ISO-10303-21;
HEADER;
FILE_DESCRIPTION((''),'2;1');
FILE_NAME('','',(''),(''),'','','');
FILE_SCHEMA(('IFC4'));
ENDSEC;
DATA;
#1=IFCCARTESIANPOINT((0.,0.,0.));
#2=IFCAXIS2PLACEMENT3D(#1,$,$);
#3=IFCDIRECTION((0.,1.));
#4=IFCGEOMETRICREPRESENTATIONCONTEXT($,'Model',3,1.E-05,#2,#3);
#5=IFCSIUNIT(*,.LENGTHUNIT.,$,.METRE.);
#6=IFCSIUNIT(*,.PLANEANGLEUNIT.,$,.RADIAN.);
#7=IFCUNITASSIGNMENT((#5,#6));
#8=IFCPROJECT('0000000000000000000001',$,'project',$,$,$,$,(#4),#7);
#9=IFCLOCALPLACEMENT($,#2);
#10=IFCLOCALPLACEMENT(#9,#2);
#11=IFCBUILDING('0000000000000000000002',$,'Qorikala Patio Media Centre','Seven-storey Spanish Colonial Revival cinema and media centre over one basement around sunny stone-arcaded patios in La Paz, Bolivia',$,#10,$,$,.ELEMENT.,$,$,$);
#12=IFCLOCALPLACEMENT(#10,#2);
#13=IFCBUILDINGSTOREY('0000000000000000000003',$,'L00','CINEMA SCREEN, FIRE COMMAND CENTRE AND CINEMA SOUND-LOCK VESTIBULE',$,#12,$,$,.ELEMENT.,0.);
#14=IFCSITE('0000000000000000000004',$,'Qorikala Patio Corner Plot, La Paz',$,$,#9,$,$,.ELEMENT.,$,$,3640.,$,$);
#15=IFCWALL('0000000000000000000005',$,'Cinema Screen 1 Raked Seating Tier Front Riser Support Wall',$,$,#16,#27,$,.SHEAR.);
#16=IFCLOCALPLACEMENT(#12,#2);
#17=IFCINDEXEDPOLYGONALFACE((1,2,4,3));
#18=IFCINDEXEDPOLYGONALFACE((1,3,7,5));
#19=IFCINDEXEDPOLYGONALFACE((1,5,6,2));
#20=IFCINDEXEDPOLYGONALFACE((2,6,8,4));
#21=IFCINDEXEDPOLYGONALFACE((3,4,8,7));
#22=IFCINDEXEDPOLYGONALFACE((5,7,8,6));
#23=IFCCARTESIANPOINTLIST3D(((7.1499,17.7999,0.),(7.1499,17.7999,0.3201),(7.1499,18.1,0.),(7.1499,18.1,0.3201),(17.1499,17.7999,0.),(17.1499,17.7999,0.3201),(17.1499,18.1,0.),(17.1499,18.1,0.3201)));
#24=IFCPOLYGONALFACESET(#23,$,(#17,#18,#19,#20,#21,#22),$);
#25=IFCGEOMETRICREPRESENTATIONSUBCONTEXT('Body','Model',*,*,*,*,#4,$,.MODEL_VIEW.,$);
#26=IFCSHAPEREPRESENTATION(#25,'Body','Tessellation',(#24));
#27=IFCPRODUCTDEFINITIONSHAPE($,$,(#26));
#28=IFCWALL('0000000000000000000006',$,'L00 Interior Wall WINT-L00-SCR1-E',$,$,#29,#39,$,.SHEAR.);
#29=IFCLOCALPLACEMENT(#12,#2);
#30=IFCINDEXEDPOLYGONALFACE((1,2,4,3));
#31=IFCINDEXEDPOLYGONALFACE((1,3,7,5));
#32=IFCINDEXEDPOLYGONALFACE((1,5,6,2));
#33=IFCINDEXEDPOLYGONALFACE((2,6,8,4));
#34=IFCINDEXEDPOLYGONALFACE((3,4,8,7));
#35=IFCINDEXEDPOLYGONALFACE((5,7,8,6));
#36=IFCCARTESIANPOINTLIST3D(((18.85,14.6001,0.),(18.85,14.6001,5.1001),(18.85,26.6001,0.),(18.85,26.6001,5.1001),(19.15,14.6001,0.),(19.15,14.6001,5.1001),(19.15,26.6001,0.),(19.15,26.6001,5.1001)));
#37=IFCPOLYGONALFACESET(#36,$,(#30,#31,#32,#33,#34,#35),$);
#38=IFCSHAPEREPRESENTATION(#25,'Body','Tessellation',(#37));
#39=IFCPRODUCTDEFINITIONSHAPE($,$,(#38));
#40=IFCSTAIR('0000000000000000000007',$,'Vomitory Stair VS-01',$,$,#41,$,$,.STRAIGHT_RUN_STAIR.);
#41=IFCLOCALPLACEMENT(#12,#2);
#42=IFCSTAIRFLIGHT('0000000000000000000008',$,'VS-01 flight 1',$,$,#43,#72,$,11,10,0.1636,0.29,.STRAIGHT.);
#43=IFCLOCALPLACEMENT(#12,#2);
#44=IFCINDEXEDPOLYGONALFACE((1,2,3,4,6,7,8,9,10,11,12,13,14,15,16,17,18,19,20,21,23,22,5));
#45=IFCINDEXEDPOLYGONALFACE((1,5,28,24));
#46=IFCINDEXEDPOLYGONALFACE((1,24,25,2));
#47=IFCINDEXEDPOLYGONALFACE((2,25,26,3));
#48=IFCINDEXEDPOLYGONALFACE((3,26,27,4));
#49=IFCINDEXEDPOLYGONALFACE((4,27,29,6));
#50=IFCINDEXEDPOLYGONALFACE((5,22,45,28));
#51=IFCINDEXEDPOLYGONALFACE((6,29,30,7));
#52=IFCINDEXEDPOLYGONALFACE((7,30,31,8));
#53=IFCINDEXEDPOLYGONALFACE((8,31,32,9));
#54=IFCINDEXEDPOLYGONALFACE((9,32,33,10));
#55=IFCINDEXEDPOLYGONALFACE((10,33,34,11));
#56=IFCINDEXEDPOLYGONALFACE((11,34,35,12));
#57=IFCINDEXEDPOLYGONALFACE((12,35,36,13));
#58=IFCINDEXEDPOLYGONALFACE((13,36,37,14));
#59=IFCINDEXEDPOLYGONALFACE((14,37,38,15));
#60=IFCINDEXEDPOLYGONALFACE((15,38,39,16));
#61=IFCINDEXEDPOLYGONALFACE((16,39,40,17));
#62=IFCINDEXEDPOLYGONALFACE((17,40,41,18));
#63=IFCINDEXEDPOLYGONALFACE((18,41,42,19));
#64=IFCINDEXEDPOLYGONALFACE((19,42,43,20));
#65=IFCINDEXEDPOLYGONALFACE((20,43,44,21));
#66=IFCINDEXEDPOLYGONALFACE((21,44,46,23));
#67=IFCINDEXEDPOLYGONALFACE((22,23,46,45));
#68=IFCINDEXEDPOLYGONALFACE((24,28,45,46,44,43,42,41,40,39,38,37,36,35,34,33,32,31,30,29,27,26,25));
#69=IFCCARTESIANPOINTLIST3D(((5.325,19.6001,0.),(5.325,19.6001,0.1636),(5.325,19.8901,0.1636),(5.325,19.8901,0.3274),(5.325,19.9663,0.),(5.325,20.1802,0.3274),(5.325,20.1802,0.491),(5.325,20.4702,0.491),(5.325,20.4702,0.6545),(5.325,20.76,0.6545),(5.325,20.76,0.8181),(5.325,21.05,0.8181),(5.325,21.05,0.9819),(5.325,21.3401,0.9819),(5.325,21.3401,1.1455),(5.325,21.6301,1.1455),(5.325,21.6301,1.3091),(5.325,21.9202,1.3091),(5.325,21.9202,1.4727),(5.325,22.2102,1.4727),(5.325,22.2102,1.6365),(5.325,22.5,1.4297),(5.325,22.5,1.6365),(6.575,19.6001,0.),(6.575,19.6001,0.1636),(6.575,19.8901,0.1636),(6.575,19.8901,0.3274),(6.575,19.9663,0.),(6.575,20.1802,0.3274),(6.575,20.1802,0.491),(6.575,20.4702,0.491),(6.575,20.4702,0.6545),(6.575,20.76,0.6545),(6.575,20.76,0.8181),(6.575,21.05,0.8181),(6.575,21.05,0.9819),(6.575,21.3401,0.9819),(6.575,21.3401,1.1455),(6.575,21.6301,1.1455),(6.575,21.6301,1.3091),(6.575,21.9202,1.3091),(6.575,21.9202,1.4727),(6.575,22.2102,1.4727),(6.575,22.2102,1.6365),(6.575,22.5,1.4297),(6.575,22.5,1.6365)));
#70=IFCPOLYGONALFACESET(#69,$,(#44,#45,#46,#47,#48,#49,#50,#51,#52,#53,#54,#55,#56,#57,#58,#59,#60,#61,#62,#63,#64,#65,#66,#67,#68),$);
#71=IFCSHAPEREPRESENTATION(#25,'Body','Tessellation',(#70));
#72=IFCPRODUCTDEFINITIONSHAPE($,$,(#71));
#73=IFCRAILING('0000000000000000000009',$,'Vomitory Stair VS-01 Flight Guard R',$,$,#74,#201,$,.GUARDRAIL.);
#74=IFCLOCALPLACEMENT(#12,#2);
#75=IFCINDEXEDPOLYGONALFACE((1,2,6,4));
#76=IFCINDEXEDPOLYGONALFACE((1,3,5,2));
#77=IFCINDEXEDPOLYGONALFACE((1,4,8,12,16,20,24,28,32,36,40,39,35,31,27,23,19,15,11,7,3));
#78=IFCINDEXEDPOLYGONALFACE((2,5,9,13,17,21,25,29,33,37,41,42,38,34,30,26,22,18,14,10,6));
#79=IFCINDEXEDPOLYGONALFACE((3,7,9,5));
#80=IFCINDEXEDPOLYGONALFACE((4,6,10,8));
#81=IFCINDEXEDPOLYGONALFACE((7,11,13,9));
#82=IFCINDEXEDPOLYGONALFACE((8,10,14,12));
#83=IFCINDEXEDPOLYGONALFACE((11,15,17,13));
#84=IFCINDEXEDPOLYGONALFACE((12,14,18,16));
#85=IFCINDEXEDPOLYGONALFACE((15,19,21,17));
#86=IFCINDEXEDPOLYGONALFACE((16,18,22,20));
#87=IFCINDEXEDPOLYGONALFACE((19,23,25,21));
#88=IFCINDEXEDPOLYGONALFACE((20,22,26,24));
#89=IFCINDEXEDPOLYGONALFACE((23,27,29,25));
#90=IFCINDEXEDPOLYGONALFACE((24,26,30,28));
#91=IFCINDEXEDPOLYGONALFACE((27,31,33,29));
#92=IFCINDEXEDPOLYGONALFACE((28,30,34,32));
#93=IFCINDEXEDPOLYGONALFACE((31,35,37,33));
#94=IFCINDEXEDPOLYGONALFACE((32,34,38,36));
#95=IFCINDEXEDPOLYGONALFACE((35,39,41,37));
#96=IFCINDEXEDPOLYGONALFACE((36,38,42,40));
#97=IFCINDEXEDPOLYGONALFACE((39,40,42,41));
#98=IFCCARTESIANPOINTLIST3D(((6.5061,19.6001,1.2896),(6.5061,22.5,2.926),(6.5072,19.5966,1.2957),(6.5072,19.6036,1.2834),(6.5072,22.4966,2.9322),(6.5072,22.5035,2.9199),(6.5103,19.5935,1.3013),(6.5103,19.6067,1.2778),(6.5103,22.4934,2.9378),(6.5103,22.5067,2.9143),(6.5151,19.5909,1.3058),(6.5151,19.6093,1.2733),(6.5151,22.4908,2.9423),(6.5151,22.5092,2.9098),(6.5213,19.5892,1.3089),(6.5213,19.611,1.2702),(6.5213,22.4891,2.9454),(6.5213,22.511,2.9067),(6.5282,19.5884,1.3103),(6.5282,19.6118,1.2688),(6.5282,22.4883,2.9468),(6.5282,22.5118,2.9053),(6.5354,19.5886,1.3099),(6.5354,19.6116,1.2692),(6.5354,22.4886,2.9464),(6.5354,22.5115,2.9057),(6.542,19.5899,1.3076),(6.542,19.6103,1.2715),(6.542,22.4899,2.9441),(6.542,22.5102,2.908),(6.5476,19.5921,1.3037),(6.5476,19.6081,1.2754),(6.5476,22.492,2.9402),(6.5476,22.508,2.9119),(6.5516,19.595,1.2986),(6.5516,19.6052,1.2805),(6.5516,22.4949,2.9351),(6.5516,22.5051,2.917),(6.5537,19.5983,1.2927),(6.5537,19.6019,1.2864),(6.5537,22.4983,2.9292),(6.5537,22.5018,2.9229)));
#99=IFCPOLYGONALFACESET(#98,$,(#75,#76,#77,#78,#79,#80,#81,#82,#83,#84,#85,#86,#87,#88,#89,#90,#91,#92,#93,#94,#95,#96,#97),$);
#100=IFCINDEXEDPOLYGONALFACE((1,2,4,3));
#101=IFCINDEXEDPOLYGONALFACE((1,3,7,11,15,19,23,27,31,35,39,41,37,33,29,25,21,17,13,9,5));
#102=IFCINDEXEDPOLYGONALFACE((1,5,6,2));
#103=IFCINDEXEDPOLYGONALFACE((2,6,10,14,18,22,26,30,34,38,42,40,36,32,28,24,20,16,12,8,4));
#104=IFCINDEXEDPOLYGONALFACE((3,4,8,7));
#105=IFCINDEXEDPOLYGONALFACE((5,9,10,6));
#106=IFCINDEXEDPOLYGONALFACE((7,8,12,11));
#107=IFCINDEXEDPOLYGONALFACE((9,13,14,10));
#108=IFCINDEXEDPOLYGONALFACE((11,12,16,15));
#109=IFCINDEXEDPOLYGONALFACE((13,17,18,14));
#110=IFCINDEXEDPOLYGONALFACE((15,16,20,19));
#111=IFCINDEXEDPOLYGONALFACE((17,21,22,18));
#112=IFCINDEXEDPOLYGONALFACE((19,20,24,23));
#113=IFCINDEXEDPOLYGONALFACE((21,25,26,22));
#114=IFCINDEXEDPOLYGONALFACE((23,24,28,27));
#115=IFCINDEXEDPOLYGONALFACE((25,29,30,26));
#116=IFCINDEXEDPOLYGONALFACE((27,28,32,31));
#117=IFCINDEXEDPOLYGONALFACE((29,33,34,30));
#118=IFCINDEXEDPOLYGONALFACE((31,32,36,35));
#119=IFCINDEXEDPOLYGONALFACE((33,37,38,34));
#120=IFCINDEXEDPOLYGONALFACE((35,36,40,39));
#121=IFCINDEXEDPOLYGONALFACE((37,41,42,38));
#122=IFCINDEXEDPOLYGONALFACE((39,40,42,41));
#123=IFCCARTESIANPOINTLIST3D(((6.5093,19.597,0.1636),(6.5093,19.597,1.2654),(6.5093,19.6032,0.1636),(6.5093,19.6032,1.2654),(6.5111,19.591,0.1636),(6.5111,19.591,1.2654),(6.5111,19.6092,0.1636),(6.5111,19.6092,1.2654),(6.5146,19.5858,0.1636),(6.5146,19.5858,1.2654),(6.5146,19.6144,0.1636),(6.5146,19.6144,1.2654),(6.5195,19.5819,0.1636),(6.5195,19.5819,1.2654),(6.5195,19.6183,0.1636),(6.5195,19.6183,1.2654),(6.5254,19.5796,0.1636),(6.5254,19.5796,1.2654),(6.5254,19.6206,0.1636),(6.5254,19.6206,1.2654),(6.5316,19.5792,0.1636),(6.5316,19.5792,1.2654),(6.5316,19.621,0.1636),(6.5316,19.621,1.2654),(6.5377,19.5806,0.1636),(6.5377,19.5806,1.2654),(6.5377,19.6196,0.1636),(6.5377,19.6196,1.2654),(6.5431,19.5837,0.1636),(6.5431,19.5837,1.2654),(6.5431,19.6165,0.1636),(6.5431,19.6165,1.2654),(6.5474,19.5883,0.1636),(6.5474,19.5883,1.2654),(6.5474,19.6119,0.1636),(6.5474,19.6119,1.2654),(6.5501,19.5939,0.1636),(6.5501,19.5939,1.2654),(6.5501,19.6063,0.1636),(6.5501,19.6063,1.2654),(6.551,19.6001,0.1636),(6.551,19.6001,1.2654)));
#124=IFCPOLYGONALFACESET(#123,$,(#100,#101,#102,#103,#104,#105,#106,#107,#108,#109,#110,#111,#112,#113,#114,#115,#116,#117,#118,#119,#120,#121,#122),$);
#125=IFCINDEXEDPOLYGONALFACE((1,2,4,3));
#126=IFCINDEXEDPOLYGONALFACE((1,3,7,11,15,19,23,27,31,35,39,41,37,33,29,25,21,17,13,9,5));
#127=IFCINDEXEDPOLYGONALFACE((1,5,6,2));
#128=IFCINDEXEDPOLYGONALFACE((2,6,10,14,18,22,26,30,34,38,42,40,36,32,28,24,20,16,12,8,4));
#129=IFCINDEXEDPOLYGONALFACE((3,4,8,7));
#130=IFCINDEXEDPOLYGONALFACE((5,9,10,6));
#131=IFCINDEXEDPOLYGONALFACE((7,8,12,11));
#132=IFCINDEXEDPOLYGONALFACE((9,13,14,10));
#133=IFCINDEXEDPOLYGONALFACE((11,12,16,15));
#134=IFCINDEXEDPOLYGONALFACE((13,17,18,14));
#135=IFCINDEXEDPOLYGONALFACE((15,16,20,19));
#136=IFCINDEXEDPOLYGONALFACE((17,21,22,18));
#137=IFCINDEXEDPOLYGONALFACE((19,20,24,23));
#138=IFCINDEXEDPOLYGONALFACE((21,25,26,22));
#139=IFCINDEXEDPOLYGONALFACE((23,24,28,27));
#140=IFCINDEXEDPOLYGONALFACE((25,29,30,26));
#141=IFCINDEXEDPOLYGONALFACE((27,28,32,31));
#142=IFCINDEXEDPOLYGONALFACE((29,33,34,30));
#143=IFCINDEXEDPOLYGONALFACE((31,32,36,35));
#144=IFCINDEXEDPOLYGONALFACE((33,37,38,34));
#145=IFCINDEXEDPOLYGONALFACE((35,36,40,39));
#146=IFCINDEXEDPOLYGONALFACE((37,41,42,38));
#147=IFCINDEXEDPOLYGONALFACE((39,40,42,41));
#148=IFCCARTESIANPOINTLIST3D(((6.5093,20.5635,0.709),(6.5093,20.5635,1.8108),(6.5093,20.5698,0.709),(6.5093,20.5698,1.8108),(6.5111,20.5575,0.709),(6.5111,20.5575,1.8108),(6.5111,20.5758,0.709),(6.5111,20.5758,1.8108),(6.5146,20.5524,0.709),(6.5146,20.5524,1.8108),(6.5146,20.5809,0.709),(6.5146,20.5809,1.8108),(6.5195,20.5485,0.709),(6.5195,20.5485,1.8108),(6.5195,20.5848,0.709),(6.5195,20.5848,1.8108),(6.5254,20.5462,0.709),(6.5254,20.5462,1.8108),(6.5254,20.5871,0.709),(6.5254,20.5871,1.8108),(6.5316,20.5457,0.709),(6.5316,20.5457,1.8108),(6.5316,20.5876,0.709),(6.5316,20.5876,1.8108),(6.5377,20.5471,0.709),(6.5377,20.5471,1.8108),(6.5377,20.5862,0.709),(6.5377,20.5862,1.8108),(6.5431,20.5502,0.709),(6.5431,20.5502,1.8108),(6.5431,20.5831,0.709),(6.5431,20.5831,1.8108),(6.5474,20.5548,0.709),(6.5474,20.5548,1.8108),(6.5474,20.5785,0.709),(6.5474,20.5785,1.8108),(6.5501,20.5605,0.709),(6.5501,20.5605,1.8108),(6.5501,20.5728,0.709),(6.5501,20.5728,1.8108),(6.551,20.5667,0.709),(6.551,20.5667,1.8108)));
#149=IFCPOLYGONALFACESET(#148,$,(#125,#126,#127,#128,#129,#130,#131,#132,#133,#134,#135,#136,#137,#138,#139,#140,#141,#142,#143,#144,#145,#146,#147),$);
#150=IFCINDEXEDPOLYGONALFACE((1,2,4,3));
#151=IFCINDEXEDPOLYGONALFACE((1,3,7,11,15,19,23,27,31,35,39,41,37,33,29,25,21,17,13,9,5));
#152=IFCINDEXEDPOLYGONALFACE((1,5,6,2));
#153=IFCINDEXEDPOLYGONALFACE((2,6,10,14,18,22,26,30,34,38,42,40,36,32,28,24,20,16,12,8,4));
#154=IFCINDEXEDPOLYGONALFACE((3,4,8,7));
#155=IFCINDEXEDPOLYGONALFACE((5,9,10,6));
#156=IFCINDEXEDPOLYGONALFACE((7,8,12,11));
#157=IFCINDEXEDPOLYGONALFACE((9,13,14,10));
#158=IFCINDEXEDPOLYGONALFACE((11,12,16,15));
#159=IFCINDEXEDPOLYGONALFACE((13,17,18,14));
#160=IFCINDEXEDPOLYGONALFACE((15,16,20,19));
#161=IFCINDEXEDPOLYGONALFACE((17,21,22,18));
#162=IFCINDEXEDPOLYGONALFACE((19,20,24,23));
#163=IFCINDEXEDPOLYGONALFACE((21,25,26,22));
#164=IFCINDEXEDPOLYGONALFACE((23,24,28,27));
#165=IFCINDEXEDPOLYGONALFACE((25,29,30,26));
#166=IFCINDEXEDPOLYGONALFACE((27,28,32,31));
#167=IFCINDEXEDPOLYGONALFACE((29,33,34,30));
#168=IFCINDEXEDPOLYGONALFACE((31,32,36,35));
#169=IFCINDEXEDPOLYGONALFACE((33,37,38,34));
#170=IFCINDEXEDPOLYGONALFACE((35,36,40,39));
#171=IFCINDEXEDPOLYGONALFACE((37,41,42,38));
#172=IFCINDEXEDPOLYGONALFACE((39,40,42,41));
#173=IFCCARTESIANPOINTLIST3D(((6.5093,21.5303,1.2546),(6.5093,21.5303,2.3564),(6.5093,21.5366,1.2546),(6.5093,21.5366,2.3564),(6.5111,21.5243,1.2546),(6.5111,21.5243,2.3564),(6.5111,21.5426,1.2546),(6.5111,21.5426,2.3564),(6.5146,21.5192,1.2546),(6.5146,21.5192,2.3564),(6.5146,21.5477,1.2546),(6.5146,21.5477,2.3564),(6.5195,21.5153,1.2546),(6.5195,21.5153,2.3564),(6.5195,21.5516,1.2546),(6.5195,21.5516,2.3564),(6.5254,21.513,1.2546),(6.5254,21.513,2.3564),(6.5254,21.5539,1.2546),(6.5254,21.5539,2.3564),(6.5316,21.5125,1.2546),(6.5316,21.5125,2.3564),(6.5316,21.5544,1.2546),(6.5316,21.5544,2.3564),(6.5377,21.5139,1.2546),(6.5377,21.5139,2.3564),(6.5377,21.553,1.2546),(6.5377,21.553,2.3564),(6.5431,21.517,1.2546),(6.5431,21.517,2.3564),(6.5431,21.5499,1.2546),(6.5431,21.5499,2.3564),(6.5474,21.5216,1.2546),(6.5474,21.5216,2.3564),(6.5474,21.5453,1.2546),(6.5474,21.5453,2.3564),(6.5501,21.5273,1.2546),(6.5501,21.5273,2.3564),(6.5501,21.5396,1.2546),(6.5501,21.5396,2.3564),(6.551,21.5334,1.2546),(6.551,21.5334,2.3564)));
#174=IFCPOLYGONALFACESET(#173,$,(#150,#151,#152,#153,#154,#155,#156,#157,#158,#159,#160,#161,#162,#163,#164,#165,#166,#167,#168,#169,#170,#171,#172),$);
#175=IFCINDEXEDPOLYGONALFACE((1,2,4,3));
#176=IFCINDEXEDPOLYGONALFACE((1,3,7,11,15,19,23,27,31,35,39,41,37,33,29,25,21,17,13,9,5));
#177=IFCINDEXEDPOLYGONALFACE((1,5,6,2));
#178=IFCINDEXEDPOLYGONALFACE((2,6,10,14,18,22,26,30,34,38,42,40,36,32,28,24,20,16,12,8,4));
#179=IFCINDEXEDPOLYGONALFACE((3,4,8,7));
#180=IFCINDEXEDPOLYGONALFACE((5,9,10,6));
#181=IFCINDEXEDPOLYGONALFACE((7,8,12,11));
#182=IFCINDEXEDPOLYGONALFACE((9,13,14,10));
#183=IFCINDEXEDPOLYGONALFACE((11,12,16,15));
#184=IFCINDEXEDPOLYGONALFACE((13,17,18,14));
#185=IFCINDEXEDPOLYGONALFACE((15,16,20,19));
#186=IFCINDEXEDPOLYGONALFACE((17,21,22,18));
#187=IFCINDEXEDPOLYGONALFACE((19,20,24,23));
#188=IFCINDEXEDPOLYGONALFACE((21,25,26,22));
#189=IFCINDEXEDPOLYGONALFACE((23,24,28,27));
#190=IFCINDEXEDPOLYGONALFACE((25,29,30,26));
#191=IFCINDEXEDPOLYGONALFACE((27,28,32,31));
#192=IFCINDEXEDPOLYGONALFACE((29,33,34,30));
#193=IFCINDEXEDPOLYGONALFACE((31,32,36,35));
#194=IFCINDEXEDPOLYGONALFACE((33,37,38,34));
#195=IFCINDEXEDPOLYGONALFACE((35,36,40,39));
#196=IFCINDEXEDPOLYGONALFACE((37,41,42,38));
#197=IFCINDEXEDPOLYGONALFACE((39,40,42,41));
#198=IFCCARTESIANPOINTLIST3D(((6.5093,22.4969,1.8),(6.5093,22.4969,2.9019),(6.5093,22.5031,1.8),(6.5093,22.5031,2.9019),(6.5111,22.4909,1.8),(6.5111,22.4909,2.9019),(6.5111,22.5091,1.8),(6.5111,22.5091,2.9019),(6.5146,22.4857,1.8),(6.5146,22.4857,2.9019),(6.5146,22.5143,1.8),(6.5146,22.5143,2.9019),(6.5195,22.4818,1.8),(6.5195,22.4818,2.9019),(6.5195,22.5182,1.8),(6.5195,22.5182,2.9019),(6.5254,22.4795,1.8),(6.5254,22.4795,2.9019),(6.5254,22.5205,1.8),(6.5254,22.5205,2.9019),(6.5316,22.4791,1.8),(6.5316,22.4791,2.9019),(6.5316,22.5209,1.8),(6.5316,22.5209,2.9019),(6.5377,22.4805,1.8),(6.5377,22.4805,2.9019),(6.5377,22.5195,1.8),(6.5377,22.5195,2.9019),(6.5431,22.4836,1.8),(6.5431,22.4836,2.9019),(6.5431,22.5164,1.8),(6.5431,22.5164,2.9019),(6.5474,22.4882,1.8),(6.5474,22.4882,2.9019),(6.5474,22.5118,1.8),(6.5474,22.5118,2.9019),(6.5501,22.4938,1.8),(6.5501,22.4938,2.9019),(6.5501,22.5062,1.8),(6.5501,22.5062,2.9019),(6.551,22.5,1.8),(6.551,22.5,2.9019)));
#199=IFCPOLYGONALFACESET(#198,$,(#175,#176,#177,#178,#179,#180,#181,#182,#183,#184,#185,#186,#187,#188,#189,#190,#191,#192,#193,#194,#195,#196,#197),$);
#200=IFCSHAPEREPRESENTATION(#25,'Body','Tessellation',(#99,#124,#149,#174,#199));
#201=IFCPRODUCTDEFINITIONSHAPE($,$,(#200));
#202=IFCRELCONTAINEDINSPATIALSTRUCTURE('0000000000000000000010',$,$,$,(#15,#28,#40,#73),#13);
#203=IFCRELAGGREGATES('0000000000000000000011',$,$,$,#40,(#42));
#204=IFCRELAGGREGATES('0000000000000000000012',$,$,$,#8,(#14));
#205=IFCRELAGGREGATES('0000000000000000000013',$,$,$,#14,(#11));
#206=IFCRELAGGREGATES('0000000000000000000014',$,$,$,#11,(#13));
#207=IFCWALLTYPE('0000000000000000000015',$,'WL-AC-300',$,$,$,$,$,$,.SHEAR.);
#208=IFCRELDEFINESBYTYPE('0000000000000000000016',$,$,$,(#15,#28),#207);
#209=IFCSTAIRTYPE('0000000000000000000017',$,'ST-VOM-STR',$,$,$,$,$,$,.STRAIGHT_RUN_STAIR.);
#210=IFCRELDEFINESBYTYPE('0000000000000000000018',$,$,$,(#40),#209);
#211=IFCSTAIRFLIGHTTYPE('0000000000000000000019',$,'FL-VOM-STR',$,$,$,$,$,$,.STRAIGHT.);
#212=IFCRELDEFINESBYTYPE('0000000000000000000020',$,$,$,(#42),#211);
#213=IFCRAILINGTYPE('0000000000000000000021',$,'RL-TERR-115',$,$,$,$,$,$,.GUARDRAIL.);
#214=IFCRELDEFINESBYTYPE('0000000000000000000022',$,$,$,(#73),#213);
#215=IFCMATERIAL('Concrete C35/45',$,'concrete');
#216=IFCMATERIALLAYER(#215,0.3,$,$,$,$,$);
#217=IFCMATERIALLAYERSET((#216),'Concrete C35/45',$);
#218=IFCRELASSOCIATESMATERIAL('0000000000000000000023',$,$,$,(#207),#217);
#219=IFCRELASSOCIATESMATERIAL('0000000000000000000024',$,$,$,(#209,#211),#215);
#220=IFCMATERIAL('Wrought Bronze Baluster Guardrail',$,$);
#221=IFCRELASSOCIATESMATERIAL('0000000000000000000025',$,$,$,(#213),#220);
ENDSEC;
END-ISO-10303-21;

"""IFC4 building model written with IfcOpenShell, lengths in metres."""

from ifc_helpers import new_model, si_unit, direction, frame, frame_2d, origin, origin_2d, place, context, subcontext, project, spatial, polyline, rectangle, circle, outline, extrude, material, layer, layer_set, type_object, element, aggregate, save


model = new_model("IFC4")

# Units and contexts
model_context = context("Model", 3, precision=1e-05, world=origin(), true_north=direction((0.0, 1.0)))
body_context = subcontext(model_context, "Body", "Model", "MODEL_VIEW")
ifc_project = project(units=[si_unit("LENGTHUNIT", "METRE"), si_unit("PLANEANGLEUNIT", "RADIAN")], contexts=[model_context])

# Site, building, storey
site_placement = place(None, origin())
site = spatial("IfcSite", under=ifc_project, at=site_placement, Name="Qorikala Patio Corner Plot, La Paz", CompositionType="ELEMENT", RefElevation=3640.0)
building_placement = place(site_placement, origin())
building = spatial("IfcBuilding", under=site, at=building_placement, Name="Qorikala Patio Media Centre", Description="Seven-storey Spanish Colonial Revival cinema and media centre over one basement around sunny stone-arcaded patios in La Paz, Bolivia", CompositionType="ELEMENT")
storey_placement = place(building_placement, origin())
storey = spatial("IfcBuildingStorey", under=building, at=storey_placement, Name="L00", Description="CINEMA SCREEN, FIRE COMMAND CENTRE AND CINEMA SOUND-LOCK VESTIBULE", CompositionType="ELEMENT", Elevation=0.0)

# Shared definitions
ifc_material_1 = material(Name="Concrete C35/45", Category="concrete")

# Walls
ifc_layer_1 = layer(ifc_material_1, 0.3)
ifc_layer_set_1 = layer_set([ifc_layer_1], Name="Concrete C35/45")
wall_type = type_object("IfcWallType", Name="WL-AC-300", PredefinedType="SHEAR", material=ifc_layer_set_1)
wall_1_placement = place(storey_placement, frame((7.1499, 17.95, 0.0), z_axis=(0.0, 0.0, 1.0), x_axis=(1.0, 0.0, 0.0)))
element("IfcWall", 1, at=wall_1_placement, inside=storey, type_object=wall_type, Name="Cinema Screen 1 Raked Seating Tier Front Riser Support Wall", PredefinedType="SHEAR", context=body_context, shape_type="SweptSolid", body=[
    extrude(rectangle(XDim=10.0, YDim=0.3, at=frame_2d((5.0, 0.0))), origin(), (0.0, 0.0, 1.0), 0.3201),
])
wall_2_placement = place(storey_placement, frame((19.0, 14.6001, 0.0), z_axis=(0.0, 0.0, 1.0), x_axis=(0.0, 1.0, 0.0)))
element("IfcWall", 2, at=wall_2_placement, inside=storey, type_object=wall_type, Name="L00 Interior Wall WINT-L00-SCR1-E", PredefinedType="SHEAR", context=body_context, shape_type="SweptSolid", body=[
    extrude(rectangle(XDim=12.0, YDim=0.3, at=frame_2d((6.0, 0.0))), origin(), (0.0, 0.0, 1.0), 5.1001),
])

# Stair, stair flight
stair_type = type_object("IfcStairType", Name="ST-VOM-STR", PredefinedType="STRAIGHT_RUN_STAIR", material=ifc_material_1)
stair_placement = place(storey_placement, origin())
stair = element("IfcStair", 3, at=stair_placement, inside=storey, type_object=stair_type, Name="Vomitory Stair VS-01", PredefinedType="STRAIGHT_RUN_STAIR")
stair_flight_type = type_object("IfcStairFlightType", Name="FL-VOM-STR", PredefinedType="STRAIGHT", material=ifc_material_1)
stair_flight_placement = place(storey_placement, frame((5.95, 19.6001, 0.0), z_axis=(0.0, 0.0, 1.0), x_axis=(0.0, 1.0, 0.0)))
stair_flight = element("IfcStairFlight", 4, at=stair_flight_placement, type_object=stair_flight_type, Name="VS-01 flight 1", NumberOfRisers=11, NumberOfTreads=10, PredefinedType="STRAIGHT", RiserHeight=0.1636, TreadLength=0.29, context=body_context, shape_type="SweptSolid", body=[
    extrude(outline(polyline([(0.0, 0.0), (0.0, 0.1636), (0.29, 0.1636), (0.29, 0.3274), (0.5801, 0.3274), (0.5801, 0.491), (0.8701, 0.491), (0.8701, 0.6545), (1.1599, 0.6545), (1.1599, 0.8181), (1.45, 0.8181), (1.45, 0.9819), (1.74, 0.9819), (1.74, 1.1455), (2.03, 1.1455), (2.03, 1.3091), (2.3201, 1.3091), (2.3201, 1.4727), (2.6101, 1.4727), (2.6101, 1.6365), (2.8999, 1.6365), (2.8999, 1.8), (2.8999, 1.4297), (0.3662, 0.0), (0.0, 0.0)])), frame((0.0, 0.625, 0.0), z_axis=(0.0, -1.0, 0.0), x_axis=(1.0, 0.0, 0.0)), (0.0, 0.0, 1.0), 1.25),
])
aggregate(stair, [stair_flight])

# Railing
ifc_material_2 = material(Name="Wrought Bronze Baluster Guardrail")
railing_type = type_object("IfcRailingType", Name="RL-TERR-115", PredefinedType="GUARDRAIL", material=ifc_material_2)
railing_1_placement = place(storey_placement, frame((6.53, 19.6001, 0.1636)))
element("IfcRailing", 5, at=railing_1_placement, inside=storey, type_object=railing_type, Name="Vomitory Stair VS-01 Flight Guard R", PredefinedType="GUARDRAIL", context=body_context, shape_type="SweptSolid", body=[
    extrude(circle(Radius=0.0239, at=origin_2d()), frame((0.0, 0.0, 1.126), z_axis=(0.0, 0.870897, 0.491465), x_axis=(-1.0, 0.0, 0.0)), (0.0, 0.0, 1.0), 3.3298),
    extrude(circle(Radius=0.021, at=origin_2d()), origin(), (0.0, 0.0, 1.0), 1.1018),
    extrude(circle(Radius=0.021, at=origin_2d()), frame((0.0, 0.9666, 0.5454)), (0.0, 0.0, 1.0), 1.1018),
    extrude(circle(Radius=0.021, at=origin_2d()), frame((0.0, 1.9333, 1.0911)), (0.0, 0.0, 1.0), 1.1018),
    extrude(circle(Radius=0.021, at=origin_2d()), frame((0.0, 2.8999, 1.6365)), (0.0, 0.0, 1.0), 1.1018),
])

save(model, "model.ifc")
